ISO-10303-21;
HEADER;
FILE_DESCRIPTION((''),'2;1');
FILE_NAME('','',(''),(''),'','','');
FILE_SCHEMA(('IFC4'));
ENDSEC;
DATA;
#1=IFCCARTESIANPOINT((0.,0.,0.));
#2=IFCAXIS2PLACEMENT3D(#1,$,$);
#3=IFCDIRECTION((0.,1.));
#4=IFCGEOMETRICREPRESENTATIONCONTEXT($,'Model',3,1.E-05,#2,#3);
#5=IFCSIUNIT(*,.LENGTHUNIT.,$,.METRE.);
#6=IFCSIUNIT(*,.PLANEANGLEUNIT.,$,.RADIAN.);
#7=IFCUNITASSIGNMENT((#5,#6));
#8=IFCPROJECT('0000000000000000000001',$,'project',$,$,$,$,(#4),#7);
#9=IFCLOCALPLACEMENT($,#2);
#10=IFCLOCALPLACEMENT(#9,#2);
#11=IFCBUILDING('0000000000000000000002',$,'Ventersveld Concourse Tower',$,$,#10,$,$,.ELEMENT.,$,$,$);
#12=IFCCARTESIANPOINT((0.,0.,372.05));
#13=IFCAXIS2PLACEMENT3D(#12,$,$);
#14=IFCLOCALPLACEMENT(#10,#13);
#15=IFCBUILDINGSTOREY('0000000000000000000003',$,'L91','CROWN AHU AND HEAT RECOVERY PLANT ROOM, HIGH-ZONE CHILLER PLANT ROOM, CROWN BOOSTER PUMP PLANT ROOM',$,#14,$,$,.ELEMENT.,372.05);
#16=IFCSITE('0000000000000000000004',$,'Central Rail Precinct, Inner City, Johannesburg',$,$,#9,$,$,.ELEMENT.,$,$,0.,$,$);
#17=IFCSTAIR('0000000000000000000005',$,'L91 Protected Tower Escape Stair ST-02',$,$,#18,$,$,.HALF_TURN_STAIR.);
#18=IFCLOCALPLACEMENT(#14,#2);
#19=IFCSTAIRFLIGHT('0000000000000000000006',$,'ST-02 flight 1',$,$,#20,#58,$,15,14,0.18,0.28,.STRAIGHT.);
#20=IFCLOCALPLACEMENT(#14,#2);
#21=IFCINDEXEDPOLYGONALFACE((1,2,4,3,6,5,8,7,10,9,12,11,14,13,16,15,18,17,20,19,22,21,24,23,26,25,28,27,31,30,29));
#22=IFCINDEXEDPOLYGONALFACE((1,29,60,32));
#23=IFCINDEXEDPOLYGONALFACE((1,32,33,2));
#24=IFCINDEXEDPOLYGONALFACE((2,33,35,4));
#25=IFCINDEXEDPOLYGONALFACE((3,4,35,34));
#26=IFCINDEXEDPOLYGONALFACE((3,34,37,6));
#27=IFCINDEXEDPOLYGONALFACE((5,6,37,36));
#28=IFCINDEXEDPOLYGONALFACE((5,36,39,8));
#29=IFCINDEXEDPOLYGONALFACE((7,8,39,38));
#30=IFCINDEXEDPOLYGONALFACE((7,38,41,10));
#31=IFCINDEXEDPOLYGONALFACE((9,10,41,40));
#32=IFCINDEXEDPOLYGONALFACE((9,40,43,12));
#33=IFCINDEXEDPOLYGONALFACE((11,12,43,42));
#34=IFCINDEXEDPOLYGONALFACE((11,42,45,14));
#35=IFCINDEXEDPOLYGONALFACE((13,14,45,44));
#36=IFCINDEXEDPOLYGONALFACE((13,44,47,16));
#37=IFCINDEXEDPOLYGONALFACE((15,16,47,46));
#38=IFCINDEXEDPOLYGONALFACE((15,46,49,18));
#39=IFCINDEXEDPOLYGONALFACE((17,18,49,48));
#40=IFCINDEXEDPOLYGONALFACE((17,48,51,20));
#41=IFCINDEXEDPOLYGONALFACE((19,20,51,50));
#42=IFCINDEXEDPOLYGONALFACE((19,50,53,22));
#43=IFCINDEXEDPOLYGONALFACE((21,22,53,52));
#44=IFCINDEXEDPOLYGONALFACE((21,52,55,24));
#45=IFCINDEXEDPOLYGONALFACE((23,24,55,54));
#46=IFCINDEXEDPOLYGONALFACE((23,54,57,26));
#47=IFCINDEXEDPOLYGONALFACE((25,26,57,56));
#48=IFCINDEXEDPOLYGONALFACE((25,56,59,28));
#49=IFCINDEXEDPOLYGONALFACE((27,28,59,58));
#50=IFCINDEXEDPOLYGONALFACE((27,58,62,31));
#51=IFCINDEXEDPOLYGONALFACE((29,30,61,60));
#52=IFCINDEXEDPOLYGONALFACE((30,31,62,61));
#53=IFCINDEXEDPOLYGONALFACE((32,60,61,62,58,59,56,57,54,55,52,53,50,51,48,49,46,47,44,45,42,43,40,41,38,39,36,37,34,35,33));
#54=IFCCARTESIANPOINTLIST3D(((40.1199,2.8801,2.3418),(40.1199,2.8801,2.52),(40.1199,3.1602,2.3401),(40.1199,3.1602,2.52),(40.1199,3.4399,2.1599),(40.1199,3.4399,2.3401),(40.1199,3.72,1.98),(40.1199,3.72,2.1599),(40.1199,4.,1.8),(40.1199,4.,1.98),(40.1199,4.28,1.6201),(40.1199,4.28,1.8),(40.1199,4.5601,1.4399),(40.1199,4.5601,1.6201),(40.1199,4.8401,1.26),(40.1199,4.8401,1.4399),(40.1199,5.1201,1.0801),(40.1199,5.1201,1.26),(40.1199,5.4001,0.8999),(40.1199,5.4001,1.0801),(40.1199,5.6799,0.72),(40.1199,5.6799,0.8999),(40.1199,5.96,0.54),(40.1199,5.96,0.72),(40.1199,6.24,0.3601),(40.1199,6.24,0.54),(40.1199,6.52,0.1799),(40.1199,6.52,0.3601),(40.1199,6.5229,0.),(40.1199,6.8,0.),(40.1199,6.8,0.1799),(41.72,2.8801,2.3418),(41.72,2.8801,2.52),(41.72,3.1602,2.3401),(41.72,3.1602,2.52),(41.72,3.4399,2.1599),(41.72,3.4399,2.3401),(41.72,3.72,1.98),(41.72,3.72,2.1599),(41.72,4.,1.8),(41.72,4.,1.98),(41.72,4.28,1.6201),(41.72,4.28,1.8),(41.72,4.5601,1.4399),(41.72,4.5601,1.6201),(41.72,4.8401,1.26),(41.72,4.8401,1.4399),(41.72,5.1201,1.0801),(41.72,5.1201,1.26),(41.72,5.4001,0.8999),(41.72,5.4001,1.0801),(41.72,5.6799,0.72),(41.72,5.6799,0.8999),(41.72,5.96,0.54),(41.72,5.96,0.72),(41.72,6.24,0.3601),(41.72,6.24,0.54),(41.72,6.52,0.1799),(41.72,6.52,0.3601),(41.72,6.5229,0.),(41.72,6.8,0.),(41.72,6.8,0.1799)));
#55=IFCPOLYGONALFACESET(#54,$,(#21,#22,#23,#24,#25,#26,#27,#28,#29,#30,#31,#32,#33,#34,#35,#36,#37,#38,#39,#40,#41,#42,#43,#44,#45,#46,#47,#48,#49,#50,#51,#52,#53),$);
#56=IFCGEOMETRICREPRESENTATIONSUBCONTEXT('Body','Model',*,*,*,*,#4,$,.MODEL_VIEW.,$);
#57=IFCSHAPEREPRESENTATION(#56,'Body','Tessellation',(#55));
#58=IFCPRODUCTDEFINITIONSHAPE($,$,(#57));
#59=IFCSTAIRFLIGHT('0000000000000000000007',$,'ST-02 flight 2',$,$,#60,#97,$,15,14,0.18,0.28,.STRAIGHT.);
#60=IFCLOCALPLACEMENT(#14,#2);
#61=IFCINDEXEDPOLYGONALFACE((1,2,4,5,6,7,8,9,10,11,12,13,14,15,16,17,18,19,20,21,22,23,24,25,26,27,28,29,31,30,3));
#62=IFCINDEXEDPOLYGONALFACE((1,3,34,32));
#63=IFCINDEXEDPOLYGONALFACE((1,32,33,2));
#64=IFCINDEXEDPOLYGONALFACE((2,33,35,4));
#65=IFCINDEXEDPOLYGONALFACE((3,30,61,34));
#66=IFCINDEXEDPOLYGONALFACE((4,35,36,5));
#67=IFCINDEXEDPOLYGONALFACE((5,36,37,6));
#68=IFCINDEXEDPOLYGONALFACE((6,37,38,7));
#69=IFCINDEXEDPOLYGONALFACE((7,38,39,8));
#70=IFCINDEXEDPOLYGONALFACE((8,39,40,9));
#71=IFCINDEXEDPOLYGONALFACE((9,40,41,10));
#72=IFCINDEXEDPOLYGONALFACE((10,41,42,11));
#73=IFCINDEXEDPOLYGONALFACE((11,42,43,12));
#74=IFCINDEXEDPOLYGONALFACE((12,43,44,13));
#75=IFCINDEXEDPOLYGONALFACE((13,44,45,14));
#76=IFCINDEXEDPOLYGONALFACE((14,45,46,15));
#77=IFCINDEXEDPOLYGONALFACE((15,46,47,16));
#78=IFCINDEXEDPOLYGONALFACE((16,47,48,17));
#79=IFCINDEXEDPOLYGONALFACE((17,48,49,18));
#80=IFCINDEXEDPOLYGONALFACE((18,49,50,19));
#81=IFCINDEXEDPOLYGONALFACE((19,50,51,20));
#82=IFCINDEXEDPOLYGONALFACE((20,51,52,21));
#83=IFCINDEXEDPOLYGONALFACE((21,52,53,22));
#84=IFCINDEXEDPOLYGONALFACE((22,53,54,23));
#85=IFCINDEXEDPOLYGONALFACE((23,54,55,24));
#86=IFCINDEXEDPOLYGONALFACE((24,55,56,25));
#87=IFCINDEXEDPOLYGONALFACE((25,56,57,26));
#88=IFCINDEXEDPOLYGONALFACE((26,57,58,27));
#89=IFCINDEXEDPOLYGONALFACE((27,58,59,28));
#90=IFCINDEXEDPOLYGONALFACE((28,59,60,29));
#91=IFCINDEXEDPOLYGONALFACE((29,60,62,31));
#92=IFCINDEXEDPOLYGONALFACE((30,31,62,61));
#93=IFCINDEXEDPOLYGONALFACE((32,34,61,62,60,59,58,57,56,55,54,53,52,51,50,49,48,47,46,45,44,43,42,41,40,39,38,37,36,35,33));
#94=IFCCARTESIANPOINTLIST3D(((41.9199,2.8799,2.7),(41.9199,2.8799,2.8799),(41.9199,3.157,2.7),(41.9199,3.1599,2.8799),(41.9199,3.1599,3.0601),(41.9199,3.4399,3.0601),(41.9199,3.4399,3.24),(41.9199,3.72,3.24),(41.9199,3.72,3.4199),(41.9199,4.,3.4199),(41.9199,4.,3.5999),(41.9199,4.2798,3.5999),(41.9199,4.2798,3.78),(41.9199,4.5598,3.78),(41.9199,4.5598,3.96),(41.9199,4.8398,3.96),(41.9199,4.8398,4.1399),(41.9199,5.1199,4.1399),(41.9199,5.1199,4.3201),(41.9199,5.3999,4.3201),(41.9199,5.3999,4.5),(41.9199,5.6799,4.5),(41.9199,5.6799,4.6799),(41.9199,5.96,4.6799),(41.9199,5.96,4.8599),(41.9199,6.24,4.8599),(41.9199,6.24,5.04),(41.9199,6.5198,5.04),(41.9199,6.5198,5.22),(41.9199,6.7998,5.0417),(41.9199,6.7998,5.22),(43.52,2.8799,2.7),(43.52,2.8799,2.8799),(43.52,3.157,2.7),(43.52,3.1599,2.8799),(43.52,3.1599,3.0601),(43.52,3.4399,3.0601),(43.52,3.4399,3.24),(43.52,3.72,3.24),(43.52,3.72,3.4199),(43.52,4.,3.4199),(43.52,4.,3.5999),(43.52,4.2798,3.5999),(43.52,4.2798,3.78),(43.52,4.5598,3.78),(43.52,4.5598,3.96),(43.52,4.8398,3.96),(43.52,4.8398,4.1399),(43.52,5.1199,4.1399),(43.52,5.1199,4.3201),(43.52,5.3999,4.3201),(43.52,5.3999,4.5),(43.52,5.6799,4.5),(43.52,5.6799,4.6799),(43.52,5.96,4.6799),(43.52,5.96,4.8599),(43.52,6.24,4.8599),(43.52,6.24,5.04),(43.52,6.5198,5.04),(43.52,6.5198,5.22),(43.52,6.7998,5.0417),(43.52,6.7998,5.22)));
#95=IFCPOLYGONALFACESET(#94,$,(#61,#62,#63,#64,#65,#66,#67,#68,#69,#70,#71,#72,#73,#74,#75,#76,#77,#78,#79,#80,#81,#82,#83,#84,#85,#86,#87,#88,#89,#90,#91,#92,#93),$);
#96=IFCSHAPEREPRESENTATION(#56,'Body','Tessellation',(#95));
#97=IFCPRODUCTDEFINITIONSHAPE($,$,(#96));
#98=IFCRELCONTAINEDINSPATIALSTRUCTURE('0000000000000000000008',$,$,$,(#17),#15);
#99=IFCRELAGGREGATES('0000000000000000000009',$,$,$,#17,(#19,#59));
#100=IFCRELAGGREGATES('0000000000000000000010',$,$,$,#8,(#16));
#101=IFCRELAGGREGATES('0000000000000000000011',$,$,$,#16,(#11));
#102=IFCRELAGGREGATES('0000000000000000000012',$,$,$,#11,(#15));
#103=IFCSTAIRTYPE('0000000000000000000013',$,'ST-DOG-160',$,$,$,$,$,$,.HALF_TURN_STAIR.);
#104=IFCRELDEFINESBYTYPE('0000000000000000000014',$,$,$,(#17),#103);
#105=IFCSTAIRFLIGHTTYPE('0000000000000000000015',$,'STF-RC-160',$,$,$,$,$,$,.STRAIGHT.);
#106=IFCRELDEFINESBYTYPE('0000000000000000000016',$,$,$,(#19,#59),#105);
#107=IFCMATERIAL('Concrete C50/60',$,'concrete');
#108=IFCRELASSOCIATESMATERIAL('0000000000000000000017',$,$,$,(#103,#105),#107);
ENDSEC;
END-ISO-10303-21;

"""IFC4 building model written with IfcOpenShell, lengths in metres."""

from ifc_helpers import new_model, si_unit, direction, frame, origin, place, context, subcontext, project, spatial, polyline, outline, extrude, material, type_object, element, aggregate, save


model = new_model("IFC4")

# Units and contexts
model_context = context("Model", 3, precision=1e-05, world=origin(), true_north=direction((0.0, 1.0)))
body_context = subcontext(model_context, "Body", "Model", "MODEL_VIEW")
ifc_project = project(units=[si_unit("LENGTHUNIT", "METRE"), si_unit("PLANEANGLEUNIT", "RADIAN")], contexts=[model_context])

# Site, building, storey
site_placement = place(None, origin())
site = spatial("IfcSite", under=ifc_project, at=site_placement, Name="Central Rail Precinct, Inner City, Johannesburg", CompositionType="ELEMENT", RefElevation=0.0)
building_placement = place(site_placement, origin())
building = spatial("IfcBuilding", under=site, at=building_placement, Name="Ventersveld Concourse Tower", CompositionType="ELEMENT")
storey_placement = place(building_placement, frame((0.0, 0.0, 372.05)))
storey = spatial("IfcBuildingStorey", under=building, at=storey_placement, Name="L91", Description="CROWN AHU AND HEAT RECOVERY PLANT ROOM, HIGH-ZONE CHILLER PLANT ROOM, CROWN BOOSTER PUMP PLANT ROOM", CompositionType="ELEMENT", Elevation=372.05)

# Shared definitions
ifc_material_1 = material(Name="Concrete C50/60", Category="concrete")

# Stair, stair flights
stair_type = type_object("IfcStairType", Name="ST-DOG-160", PredefinedType="HALF_TURN_STAIR", material=ifc_material_1)
stair_placement = place(storey_placement, origin())
stair = element("IfcStair", 1, at=stair_placement, inside=storey, type_object=stair_type, Name="L91 Protected Tower Escape Stair ST-02", PredefinedType="HALF_TURN_STAIR")
stair_flight_type = type_object("IfcStairFlightType", Name="STF-RC-160", PredefinedType="STRAIGHT", material=ifc_material_1)
stair_flight_1_placement = place(storey_placement, frame((40.9199, 6.8, 0.0), z_axis=(0.0, 0.0, 1.0), x_axis=(0.0, -1.0, 0.0)))
stair_flight_1 = element("IfcStairFlight", 2, at=stair_flight_1_placement, type_object=stair_flight_type, Name="ST-02 flight 1", NumberOfRisers=15, NumberOfTreads=14, PredefinedType="STRAIGHT", RiserHeight=0.18, TreadLength=0.28, context=body_context, shape_type="SweptSolid", body=[
    extrude(outline(polyline([(0.0, 0.0), (0.0, 0.1799), (0.28, 0.1799), (0.28, 0.3601), (0.5601, 0.3601), (0.5601, 0.54), (0.8401, 0.54), (0.8401, 0.72), (1.1201, 0.72), (1.1201, 0.8999), (1.3999, 0.8999), (1.3999, 1.0801), (1.6799, 1.0801), (1.6799, 1.26), (1.96, 1.26), (1.96, 1.4399), (2.24, 1.4399), (2.24, 1.6201), (2.52, 1.6201), (2.52, 1.8), (2.8, 1.8), (2.8, 1.98), (3.0801, 1.98), (3.0801, 2.1599), (3.3601, 2.1599), (3.3601, 2.3401), (3.6399, 2.3401), (3.6399, 2.52), (3.9199, 2.52), (3.9199, 2.7), (3.9199, 2.3418), (0.2771, 0.0), (0.0, 0.0)])), frame((0.0, 0.8, 0.0), z_axis=(0.0, -1.0, 0.0), x_axis=(1.0, 0.0, 0.0)), (0.0, 0.0, 1.0), 1.6001),
])
stair_flight_2_placement = place(storey_placement, frame((42.72, 2.8799, 2.7), z_axis=(0.0, 0.0, 1.0), x_axis=(0.0, 1.0, 0.0)))
stair_flight_2 = element("IfcStairFlight", 3, at=stair_flight_2_placement, type_object=stair_flight_type, Name="ST-02 flight 2", NumberOfRisers=15, NumberOfTreads=14, PredefinedType="STRAIGHT", RiserHeight=0.18, TreadLength=0.28, context=body_context, shape_type="SweptSolid", body=[
    extrude(outline(polyline([(0.0, 0.0), (0.0, 0.1799), (0.28, 0.1799), (0.28, 0.3601), (0.5601, 0.3601), (0.5601, 0.54), (0.8401, 0.54), (0.8401, 0.72), (1.1201, 0.72), (1.1201, 0.8999), (1.3999, 0.8999), (1.3999, 1.0801), (1.6799, 1.0801), (1.6799, 1.26), (1.96, 1.26), (1.96, 1.4399), (2.24, 1.4399), (2.24, 1.6201), (2.52, 1.6201), (2.52, 1.8), (2.8, 1.8), (2.8, 1.98), (3.0801, 1.98), (3.0801, 2.1599), (3.3601, 2.1599), (3.3601, 2.3401), (3.6399, 2.3401), (3.6399, 2.52), (3.9199, 2.52), (3.9199, 2.7), (3.9199, 2.3418), (0.2771, 0.0), (0.0, 0.0)])), frame((0.0, 0.8, 0.0), z_axis=(0.0, -1.0, 0.0), x_axis=(1.0, 0.0, 0.0)), (0.0, 0.0, 1.0), 1.6001),
])
aggregate(stair, [stair_flight_1, stair_flight_2])

save(model, "model.ifc")
